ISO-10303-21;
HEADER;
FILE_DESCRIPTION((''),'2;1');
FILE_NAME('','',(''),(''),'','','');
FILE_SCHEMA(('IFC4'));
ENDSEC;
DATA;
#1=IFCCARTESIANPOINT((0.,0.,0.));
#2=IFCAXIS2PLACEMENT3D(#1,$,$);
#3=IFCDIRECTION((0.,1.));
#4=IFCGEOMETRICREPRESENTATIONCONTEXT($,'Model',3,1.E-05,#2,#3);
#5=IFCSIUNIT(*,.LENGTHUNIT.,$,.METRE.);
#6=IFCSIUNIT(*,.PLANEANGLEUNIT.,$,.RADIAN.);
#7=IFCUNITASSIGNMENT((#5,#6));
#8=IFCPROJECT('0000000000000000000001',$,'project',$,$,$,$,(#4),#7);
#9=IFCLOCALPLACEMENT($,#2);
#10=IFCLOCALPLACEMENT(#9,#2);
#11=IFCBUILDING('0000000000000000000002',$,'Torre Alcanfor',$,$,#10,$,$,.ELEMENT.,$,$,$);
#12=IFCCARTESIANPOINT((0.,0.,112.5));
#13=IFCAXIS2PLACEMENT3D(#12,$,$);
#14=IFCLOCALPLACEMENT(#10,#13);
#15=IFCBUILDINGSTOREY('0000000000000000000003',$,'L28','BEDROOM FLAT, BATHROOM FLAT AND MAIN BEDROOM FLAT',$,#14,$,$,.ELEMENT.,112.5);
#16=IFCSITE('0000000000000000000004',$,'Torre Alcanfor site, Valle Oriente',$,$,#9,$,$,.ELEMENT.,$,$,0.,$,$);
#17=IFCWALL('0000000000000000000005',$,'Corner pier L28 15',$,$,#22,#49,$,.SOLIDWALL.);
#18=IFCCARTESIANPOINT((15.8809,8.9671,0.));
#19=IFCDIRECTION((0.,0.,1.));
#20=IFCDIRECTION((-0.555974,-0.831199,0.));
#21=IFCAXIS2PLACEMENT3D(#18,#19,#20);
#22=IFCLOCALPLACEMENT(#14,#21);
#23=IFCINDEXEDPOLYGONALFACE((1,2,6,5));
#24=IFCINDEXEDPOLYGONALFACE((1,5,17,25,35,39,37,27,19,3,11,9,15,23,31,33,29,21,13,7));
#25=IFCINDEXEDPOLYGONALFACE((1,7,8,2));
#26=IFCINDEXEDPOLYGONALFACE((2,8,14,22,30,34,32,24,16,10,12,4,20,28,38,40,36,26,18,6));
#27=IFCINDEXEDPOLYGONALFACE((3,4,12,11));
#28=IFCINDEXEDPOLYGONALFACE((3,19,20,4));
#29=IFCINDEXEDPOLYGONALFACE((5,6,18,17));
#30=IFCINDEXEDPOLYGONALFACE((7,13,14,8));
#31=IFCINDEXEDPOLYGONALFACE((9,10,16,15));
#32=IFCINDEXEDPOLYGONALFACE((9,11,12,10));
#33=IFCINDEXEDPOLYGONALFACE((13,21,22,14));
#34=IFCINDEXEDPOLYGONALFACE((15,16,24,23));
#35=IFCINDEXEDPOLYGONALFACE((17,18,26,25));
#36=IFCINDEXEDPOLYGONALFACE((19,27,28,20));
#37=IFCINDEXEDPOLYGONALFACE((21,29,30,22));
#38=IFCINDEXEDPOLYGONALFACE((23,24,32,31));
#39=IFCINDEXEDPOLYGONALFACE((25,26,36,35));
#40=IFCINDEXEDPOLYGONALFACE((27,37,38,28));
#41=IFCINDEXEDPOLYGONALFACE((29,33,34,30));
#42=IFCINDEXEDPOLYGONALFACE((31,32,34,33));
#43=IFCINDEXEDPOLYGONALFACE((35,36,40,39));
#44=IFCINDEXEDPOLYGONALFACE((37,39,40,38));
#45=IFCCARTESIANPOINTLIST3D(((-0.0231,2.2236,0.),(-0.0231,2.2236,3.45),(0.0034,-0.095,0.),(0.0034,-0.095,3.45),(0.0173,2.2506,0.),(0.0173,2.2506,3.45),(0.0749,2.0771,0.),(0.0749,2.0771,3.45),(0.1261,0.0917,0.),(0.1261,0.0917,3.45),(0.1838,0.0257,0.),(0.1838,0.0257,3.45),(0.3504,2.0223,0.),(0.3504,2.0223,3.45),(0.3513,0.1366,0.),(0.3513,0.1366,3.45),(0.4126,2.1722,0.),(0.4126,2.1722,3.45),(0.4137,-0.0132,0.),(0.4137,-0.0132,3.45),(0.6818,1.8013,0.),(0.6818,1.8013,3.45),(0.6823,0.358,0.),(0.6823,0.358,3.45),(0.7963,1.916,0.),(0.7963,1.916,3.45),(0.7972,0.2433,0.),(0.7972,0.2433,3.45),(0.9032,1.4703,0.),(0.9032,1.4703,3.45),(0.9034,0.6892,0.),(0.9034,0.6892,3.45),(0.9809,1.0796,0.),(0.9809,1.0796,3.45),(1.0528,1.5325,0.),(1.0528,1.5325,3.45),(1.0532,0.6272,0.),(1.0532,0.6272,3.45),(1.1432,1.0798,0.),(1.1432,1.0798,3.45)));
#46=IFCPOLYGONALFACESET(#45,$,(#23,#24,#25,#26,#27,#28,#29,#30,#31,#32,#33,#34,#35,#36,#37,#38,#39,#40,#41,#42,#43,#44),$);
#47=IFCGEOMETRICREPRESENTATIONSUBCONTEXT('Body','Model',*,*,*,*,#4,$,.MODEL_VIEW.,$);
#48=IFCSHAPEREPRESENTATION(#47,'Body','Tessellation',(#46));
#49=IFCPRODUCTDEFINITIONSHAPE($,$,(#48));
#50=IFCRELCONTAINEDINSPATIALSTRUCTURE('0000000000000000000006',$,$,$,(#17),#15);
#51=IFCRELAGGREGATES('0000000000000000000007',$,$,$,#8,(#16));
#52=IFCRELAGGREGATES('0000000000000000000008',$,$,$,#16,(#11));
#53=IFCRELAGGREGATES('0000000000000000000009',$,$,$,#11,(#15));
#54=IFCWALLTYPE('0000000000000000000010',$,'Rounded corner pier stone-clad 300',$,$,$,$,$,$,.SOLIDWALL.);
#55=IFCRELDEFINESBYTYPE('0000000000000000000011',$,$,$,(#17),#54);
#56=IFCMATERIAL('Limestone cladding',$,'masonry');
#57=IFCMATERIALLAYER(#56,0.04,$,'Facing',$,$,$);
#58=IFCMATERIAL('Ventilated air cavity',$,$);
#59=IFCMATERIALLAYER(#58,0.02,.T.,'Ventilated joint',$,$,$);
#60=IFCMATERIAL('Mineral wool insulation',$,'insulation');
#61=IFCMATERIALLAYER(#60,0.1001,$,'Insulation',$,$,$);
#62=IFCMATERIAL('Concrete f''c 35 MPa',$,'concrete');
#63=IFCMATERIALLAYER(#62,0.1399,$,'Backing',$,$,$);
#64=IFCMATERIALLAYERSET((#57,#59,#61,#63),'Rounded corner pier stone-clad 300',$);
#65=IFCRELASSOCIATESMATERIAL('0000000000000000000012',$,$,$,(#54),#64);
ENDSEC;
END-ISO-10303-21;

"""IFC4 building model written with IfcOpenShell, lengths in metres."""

from ifc_helpers import new_model, si_unit, direction, frame, origin, place, context, subcontext, project, spatial, polyline, outline, extrude, material, layer, layer_set, type_object, element, save


model = new_model("IFC4")

# Units and contexts
model_context = context("Model", 3, precision=1e-05, world=origin(), true_north=direction((0.0, 1.0)))
body_context = subcontext(model_context, "Body", "Model", "MODEL_VIEW")
ifc_project = project(units=[si_unit("LENGTHUNIT", "METRE"), si_unit("PLANEANGLEUNIT", "RADIAN")], contexts=[model_context])

# Site, building, storey
site_placement = place(None, origin())
site = spatial("IfcSite", under=ifc_project, at=site_placement, Name="Torre Alcanfor site, Valle Oriente", CompositionType="ELEMENT", RefElevation=0.0)
building_placement = place(site_placement, origin())
building = spatial("IfcBuilding", under=site, at=building_placement, Name="Torre Alcanfor", CompositionType="ELEMENT")
storey_placement = place(building_placement, frame((0.0, 0.0, 112.5)))
storey = spatial("IfcBuildingStorey", under=building, at=storey_placement, Name="L28", Description="BEDROOM FLAT, BATHROOM FLAT AND MAIN BEDROOM FLAT", CompositionType="ELEMENT", Elevation=112.5)

# Wall
ifc_material_1 = material(Name="Limestone cladding", Category="masonry")
ifc_layer_1 = layer(ifc_material_1, 0.04, Name="Facing")
ifc_material_2 = material(Name="Ventilated air cavity")
ifc_layer_2 = layer(ifc_material_2, 0.02, ventilated=True, Name="Ventilated joint")
ifc_material_3 = material(Name="Mineral wool insulation", Category="insulation")
ifc_layer_3 = layer(ifc_material_3, 0.1001, Name="Insulation")
ifc_material_4 = material(Name="Concrete f'c 35 MPa", Category="concrete")
ifc_layer_4 = layer(ifc_material_4, 0.1399, Name="Backing")
ifc_layer_set_1 = layer_set([ifc_layer_1, ifc_layer_2, ifc_layer_3, ifc_layer_4], Name="Rounded corner pier stone-clad 300")
wall_type_1 = type_object("IfcWallType", Name="Rounded corner pier stone-clad 300", PredefinedType="SOLIDWALL", material=ifc_layer_set_1)
wall_1_placement = place(storey_placement, frame((15.8809, 8.9671, 0.0), z_axis=(0.0, 0.0, 1.0), x_axis=(-0.555974, -0.831199, 0.0)))
element("IfcWall", 1, at=wall_1_placement, inside=storey, type_object=wall_type_1, Name="Corner pier L28 15", PredefinedType="SOLIDWALL", context=body_context, shape_type="SweptSolid", body=[
    extrude(outline(polyline([(0.0749, 2.0771), (0.3504, 2.0223), (0.6818, 1.8013), (0.9032, 1.4703), (0.9809, 1.0796), (0.9034, 0.6892), (0.6823, 0.358), (0.3513, 0.1366), (0.1261, 0.0917), (0.1838, 0.0257), (0.0034, -0.095), (0.4137, -0.0132), (0.7972, 0.2433), (1.0532, 0.6272), (1.1432, 1.0798), (1.0528, 1.5325), (0.7963, 1.916), (0.4126, 2.1722), (0.0173, 2.2506), (-0.0231, 2.2236), (0.0749, 2.0771)])), origin(), (0.0, 0.0, 1.0), 3.45),
])

save(model, "model.ifc")
